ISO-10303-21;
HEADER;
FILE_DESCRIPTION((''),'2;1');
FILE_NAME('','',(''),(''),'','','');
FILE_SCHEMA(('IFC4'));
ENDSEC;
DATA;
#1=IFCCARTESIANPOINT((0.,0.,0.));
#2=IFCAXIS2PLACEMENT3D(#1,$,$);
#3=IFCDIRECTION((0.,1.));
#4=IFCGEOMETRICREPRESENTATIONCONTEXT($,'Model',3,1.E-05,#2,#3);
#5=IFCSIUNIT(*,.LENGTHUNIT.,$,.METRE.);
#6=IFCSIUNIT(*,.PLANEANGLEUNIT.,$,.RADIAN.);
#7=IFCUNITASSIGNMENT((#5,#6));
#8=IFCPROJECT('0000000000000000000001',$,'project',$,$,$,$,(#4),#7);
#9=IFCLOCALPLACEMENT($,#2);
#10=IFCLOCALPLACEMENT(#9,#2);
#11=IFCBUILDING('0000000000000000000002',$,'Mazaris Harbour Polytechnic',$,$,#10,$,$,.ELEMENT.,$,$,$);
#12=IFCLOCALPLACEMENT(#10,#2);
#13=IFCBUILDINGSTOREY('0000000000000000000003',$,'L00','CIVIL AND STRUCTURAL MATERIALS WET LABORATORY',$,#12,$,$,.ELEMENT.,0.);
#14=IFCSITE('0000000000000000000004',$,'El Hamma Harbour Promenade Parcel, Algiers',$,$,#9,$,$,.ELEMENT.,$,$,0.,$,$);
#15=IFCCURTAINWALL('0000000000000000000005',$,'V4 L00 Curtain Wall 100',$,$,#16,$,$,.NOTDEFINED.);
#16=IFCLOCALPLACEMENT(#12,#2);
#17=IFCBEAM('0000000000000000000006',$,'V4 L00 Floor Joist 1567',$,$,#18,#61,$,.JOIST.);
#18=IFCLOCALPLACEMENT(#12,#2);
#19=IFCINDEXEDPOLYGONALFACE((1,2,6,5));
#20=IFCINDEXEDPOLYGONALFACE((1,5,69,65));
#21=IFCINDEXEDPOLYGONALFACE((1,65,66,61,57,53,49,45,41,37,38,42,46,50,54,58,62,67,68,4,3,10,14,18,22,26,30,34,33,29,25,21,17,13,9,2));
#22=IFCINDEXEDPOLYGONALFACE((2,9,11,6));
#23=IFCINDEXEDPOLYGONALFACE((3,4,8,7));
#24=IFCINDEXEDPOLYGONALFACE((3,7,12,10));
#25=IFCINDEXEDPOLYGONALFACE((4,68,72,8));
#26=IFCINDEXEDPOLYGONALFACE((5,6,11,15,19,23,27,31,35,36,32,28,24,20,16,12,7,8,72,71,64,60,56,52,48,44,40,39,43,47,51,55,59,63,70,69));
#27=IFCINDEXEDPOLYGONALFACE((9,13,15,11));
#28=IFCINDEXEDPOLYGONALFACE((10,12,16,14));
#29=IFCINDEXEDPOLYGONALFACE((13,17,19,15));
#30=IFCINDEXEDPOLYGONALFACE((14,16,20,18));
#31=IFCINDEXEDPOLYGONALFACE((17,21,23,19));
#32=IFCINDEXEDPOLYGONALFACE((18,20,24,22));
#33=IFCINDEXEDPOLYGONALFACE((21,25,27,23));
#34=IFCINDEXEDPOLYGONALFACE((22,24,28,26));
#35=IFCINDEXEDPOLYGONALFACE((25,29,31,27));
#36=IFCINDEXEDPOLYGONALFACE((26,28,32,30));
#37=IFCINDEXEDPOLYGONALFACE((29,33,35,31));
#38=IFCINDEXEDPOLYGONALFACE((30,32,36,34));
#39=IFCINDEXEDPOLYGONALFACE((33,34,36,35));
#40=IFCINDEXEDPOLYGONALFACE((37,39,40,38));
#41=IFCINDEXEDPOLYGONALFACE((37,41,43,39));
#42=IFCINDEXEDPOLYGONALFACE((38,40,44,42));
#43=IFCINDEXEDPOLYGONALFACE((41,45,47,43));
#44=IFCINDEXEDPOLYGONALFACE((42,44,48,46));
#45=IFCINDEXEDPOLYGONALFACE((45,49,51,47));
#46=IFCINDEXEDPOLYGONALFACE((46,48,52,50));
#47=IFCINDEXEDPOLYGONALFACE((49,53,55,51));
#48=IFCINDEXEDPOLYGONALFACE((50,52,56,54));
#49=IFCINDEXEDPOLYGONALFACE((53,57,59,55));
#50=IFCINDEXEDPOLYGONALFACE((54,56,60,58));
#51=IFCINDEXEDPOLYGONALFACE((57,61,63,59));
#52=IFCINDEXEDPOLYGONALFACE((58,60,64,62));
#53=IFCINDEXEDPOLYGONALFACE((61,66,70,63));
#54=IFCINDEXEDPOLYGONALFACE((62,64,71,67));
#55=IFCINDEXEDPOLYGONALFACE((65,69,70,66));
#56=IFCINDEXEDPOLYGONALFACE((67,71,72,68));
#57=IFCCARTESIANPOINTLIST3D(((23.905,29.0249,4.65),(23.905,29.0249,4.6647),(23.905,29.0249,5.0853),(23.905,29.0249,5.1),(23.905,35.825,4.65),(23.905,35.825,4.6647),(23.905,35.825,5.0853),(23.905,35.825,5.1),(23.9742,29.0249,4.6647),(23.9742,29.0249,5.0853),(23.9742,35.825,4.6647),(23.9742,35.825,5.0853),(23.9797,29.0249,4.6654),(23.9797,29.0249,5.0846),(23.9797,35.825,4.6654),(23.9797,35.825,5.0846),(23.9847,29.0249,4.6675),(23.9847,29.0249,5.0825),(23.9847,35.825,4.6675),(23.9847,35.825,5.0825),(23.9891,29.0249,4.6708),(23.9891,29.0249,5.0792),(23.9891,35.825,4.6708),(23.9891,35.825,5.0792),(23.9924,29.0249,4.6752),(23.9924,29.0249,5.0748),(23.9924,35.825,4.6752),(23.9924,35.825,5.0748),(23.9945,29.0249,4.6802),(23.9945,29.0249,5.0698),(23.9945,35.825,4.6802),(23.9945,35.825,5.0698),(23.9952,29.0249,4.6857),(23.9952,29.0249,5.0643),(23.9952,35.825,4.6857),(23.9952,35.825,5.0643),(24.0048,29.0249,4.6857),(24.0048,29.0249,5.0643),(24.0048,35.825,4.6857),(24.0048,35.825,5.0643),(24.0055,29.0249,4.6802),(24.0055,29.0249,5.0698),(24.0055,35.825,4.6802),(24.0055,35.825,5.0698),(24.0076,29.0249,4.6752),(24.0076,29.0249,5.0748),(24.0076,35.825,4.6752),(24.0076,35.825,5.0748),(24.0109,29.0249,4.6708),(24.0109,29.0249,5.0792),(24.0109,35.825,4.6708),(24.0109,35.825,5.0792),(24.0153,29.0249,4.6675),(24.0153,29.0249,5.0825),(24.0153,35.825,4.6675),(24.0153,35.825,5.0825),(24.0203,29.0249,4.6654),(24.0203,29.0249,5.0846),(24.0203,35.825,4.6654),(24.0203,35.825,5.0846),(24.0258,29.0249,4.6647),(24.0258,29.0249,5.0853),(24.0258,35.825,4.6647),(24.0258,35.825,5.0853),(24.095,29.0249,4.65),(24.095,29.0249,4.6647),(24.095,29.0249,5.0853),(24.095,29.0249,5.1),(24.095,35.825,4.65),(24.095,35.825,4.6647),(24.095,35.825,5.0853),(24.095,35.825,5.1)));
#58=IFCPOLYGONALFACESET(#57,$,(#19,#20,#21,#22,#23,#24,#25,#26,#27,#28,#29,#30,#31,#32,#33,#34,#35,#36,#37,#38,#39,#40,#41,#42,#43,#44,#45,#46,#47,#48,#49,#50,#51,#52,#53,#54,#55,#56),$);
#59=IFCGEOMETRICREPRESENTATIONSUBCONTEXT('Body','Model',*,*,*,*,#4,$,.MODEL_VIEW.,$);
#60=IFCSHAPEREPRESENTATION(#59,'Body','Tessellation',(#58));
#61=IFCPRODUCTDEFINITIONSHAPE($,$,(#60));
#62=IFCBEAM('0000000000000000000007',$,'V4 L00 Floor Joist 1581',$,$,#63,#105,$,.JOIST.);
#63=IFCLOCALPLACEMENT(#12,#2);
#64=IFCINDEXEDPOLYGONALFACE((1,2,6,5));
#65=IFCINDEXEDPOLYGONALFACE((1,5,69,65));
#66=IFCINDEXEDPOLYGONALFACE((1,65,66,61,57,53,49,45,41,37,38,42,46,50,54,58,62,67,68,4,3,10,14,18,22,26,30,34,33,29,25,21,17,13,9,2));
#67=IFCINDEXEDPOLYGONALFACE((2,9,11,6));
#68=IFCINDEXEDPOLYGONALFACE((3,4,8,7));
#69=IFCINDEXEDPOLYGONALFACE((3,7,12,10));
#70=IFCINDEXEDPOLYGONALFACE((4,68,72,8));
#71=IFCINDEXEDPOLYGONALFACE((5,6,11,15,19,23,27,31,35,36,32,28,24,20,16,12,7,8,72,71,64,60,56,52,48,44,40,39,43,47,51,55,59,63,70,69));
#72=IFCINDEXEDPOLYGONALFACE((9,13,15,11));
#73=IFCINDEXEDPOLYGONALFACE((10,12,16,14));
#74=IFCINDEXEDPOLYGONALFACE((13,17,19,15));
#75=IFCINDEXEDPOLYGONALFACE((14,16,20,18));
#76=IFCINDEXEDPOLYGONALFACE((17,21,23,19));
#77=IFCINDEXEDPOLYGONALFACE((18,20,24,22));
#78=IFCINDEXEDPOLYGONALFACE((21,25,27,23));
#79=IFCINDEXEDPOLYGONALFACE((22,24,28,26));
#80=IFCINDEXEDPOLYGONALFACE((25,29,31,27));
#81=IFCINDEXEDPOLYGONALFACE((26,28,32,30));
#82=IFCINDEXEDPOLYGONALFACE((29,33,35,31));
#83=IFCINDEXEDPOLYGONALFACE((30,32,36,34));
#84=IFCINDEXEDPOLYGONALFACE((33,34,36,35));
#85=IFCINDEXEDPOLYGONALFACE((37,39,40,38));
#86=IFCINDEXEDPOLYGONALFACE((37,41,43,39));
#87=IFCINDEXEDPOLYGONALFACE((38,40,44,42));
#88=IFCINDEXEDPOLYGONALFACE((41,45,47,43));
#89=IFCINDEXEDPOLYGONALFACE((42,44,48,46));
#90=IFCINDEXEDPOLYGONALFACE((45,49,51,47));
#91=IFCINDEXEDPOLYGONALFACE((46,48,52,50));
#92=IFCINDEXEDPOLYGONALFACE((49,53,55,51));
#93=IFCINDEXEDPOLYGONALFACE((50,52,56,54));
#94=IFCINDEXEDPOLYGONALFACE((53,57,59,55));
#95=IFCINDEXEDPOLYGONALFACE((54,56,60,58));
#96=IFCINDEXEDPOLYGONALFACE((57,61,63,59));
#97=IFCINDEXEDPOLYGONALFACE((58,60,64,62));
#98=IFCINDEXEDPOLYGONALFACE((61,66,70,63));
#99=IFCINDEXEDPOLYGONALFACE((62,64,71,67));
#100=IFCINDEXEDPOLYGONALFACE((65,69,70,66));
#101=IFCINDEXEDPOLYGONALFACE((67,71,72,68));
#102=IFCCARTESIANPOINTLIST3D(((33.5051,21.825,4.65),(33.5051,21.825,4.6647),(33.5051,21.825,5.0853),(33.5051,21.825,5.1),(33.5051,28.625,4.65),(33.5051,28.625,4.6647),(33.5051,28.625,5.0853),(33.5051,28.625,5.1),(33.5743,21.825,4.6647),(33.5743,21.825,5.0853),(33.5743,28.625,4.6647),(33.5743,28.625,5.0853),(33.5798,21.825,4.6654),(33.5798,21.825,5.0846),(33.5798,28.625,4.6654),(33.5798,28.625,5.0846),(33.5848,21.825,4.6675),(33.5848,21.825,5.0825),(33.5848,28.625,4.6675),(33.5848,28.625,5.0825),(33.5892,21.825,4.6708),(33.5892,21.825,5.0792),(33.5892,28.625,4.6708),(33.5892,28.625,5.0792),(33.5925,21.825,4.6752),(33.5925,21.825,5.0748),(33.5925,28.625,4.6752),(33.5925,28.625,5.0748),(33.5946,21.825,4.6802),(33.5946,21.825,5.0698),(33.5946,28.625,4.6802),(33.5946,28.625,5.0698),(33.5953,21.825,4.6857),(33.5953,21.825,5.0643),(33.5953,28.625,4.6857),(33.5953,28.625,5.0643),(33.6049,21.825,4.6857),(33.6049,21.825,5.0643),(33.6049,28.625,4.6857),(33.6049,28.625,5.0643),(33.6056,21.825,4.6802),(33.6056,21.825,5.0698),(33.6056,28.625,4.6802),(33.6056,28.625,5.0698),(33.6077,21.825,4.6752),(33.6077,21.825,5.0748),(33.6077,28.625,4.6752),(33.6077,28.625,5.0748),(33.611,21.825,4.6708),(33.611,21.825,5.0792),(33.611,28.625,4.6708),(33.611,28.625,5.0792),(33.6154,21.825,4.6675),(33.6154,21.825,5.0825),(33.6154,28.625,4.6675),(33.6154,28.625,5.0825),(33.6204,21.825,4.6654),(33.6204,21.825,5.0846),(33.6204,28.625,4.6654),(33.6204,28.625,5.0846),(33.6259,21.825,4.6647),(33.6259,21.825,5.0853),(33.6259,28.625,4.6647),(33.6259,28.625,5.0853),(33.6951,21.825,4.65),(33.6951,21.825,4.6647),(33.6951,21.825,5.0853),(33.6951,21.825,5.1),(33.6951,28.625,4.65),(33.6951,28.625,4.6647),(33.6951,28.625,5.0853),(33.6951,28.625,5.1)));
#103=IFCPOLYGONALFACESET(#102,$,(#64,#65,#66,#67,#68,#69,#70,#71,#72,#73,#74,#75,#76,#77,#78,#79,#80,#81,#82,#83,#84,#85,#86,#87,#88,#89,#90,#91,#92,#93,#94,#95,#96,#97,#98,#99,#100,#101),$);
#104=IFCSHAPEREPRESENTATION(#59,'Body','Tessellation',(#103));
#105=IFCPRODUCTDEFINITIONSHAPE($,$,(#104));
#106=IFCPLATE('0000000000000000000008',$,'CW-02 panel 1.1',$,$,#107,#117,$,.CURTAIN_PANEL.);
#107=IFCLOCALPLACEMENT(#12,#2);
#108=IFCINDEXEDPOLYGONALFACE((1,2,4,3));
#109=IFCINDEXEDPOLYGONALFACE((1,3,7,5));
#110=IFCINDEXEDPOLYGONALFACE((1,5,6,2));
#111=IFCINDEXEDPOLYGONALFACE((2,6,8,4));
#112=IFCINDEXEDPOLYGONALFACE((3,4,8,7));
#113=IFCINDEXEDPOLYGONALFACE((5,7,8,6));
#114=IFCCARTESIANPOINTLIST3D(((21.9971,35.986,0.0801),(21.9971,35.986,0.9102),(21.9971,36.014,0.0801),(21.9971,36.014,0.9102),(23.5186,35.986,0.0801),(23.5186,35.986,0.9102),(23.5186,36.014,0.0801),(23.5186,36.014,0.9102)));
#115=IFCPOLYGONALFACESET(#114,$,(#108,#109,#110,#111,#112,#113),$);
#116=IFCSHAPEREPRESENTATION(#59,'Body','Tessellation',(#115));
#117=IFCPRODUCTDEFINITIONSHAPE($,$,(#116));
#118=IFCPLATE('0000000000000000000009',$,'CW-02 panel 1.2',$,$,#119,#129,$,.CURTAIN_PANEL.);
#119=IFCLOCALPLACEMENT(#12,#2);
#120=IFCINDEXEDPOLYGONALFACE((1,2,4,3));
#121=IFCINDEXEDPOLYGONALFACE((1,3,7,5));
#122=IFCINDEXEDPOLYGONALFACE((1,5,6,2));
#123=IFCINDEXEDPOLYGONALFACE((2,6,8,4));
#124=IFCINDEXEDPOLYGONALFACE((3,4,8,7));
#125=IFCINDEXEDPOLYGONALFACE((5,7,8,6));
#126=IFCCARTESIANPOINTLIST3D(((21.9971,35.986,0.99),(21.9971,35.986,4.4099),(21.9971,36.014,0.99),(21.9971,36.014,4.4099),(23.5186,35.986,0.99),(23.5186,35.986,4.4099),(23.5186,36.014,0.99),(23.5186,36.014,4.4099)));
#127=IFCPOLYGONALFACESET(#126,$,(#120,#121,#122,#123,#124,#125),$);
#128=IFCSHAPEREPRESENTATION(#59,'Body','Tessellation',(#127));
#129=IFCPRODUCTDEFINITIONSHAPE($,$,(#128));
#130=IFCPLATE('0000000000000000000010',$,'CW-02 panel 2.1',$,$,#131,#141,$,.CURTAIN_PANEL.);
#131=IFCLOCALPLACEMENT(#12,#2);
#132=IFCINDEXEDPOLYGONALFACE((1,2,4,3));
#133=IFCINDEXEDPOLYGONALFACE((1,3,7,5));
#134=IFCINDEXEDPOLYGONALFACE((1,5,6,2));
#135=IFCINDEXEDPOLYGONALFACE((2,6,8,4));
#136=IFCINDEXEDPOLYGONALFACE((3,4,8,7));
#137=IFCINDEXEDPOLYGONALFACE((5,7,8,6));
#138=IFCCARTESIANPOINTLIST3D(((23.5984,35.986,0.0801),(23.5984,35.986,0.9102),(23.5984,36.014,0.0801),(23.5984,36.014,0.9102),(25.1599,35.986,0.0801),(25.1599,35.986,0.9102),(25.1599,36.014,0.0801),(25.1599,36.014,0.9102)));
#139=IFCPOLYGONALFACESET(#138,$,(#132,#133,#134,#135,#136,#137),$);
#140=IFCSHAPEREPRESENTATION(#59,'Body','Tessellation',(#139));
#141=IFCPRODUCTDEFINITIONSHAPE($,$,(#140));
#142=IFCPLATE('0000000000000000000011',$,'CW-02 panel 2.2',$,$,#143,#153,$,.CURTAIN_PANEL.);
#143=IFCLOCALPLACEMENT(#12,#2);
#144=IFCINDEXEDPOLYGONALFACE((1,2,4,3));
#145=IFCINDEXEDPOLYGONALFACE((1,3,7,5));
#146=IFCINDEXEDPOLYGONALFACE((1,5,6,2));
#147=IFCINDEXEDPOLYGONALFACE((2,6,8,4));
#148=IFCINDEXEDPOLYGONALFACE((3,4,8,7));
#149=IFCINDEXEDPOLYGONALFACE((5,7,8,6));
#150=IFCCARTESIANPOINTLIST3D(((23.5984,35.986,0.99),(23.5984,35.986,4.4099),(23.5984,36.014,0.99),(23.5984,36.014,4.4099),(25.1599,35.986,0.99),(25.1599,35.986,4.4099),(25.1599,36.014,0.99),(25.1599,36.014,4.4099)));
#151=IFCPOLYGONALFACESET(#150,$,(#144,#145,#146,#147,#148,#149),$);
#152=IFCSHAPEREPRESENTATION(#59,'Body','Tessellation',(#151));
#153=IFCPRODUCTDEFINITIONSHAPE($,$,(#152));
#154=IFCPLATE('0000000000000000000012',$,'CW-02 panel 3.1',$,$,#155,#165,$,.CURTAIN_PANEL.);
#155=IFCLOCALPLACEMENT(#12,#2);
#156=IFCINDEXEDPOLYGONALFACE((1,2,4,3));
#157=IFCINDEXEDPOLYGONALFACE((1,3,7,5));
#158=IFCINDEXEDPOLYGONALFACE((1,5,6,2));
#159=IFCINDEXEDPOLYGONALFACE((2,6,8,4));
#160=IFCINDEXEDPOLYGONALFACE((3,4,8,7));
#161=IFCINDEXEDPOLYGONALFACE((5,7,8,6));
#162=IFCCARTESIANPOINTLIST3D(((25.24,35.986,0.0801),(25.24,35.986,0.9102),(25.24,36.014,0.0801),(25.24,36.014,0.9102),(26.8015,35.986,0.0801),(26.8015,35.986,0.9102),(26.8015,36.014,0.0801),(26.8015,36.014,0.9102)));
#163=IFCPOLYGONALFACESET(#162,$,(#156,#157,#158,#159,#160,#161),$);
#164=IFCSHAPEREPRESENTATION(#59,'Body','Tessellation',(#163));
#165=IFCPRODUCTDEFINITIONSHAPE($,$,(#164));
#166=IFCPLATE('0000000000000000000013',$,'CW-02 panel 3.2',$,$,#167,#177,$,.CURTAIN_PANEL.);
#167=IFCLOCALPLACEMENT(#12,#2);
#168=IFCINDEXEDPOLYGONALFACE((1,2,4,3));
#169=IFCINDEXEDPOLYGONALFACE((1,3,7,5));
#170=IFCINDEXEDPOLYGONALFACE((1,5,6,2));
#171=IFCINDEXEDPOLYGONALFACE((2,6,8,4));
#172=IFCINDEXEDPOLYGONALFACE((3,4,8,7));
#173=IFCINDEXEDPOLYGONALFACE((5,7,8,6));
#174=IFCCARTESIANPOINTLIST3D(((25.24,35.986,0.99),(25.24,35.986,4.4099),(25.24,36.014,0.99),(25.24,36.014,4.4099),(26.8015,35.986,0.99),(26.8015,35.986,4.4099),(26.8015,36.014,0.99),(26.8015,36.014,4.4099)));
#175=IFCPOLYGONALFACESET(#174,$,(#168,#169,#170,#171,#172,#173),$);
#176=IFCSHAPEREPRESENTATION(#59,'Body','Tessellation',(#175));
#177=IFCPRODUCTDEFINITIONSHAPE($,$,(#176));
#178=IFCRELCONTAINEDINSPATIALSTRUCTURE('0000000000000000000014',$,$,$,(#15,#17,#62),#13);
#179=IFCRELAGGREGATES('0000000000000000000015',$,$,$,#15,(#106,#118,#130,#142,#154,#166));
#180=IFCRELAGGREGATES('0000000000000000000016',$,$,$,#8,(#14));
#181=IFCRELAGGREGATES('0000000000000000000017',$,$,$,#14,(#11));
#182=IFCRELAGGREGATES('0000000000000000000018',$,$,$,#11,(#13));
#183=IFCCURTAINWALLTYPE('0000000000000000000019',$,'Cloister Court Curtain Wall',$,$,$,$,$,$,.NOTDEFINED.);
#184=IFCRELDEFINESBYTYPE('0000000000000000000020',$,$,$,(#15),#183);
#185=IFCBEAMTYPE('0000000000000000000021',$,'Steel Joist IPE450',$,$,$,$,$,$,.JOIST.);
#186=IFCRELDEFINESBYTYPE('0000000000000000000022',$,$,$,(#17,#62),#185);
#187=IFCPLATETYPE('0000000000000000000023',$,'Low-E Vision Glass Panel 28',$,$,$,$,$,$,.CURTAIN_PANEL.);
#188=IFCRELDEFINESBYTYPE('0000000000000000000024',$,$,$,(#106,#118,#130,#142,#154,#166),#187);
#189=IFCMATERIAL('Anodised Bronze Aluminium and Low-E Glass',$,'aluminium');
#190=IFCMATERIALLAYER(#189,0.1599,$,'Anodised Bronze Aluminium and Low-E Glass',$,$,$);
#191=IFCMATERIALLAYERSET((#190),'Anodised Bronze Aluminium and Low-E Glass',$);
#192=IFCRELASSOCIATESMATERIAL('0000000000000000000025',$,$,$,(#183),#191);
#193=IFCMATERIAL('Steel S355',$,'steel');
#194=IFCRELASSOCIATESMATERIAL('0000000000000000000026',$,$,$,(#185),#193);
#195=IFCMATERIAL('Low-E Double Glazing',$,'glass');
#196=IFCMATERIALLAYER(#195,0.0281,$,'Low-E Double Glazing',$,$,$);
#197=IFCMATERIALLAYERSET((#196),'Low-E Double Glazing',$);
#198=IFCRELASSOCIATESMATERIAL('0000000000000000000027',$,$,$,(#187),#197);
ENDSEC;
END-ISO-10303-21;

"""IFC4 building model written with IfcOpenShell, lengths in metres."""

from ifc_helpers import new_model, si_unit, direction, frame, origin, origin_2d, place, context, subcontext, project, spatial, rectangle, i_section, extrude, material, layer, layer_set, material_profile, profile_set, type_object, element, aggregate, save


model = new_model("IFC4")

# Units and contexts
model_context = context("Model", 3, precision=1e-05, world=origin(), true_north=direction((0.0, 1.0)))
body_context = subcontext(model_context, "Body", "Model", "MODEL_VIEW")
ifc_project = project(units=[si_unit("LENGTHUNIT", "METRE"), si_unit("PLANEANGLEUNIT", "RADIAN")], contexts=[model_context])

# Site, building, storey
site_placement = place(None, origin())
site = spatial("IfcSite", under=ifc_project, at=site_placement, Name="El Hamma Harbour Promenade Parcel, Algiers", CompositionType="ELEMENT", RefElevation=0.0)
building_placement = place(site_placement, origin())
building = spatial("IfcBuilding", under=site, at=building_placement, Name="Mazaris Harbour Polytechnic", CompositionType="ELEMENT")
storey_placement = place(building_placement, origin())
storey = spatial("IfcBuildingStorey", under=building, at=storey_placement, Name="L00", Description="CIVIL AND STRUCTURAL MATERIALS WET LABORATORY", CompositionType="ELEMENT", Elevation=0.0)

# Curtain wall
ifc_material_1 = material(Name="Anodised Bronze Aluminium and Low-E Glass", Category="aluminium")
ifc_layer_1 = layer(ifc_material_1, 0.1599, Name="Anodised Bronze Aluminium and Low-E Glass")
ifc_layer_set_1 = layer_set([ifc_layer_1], Name="Anodised Bronze Aluminium and Low-E Glass")
curtain_wall_type = type_object("IfcCurtainWallType", Name="Cloister Court Curtain Wall", PredefinedType="NOTDEFINED", material=ifc_layer_set_1)
curtain_wall_placement = place(storey_placement, origin())
curtain_wall = element("IfcCurtainWall", 1, at=curtain_wall_placement, inside=storey, type_object=curtain_wall_type, Name="V4 L00 Curtain Wall 100", PredefinedType="NOTDEFINED")

# Beams
ifc_material_2 = material(Name="Steel S355", Category="steel")
ifc_material_profile_1 = material_profile(ifc_material_2, i_section(OverallWidth=0.1899, OverallDepth=0.45, WebThickness=0.0095, FlangeThickness=0.0146, FilletRadius=0.021, at=origin_2d()), Name="IPE 450")
ifc_profile_set_1 = profile_set([ifc_material_profile_1], Name="Steel S355")
beam_type_1 = type_object("IfcBeamType", Name="Steel Joist IPE450", PredefinedType="JOIST", material=ifc_profile_set_1)
for number, where, z_axis, x_axis, name in (
    (2, (24.0, 29.0249, 4.875), (0.0, 1.0, 0.0), (-1.0, 0.0, 0.0), "V4 L00 Floor Joist 1567"),
    (3, (33.6001, 21.825, 4.875), (0.0, 1.0, 0.0), (-1.0, 0.0, 0.0), "V4 L00 Floor Joist 1581"),
):
    element("IfcBeam", number, at=place(storey_placement, frame(where, z_axis=z_axis, x_axis=x_axis)), inside=storey, type_object=beam_type_1, Name=name, PredefinedType="JOIST", context=body_context, shape_type="SweptSolid", body=[
        extrude(i_section(OverallWidth=0.1899, OverallDepth=0.45, WebThickness=0.0095, FlangeThickness=0.0146, FilletRadius=0.021, at=origin_2d()), origin(), (0.0, 0.0, 1.0), 6.8),
    ])

# Plates
ifc_material_3 = material(Name="Low-E Double Glazing", Category="glass")
ifc_layer_2 = layer(ifc_material_3, 0.0281, Name="Low-E Double Glazing")
ifc_layer_set_2 = layer_set([ifc_layer_2], Name="Low-E Double Glazing")
plate_type = type_object("IfcPlateType", Name="Low-E Vision Glass Panel 28", PredefinedType="CURTAIN_PANEL", material=ifc_layer_set_2)
plate_1_placement = place(storey_placement, frame((22.7578, 36.0, 0.0801), z_axis=(0.0, 0.0, 1.0), x_axis=(1.0, 0.0, 0.0)))
plate_1 = element("IfcPlate", 4, at=plate_1_placement, type_object=plate_type, Name="CW-02 panel 1.1", PredefinedType="CURTAIN_PANEL", context=body_context, shape_type="SweptSolid", body=[
    extrude(rectangle(XDim=1.5215, YDim=0.0281, at=origin_2d()), origin(), (0.0, 0.0, 1.0), 0.8301),
])
plate_2_placement = place(storey_placement, frame((22.7578, 36.0, 0.99), z_axis=(0.0, 0.0, 1.0), x_axis=(1.0, 0.0, 0.0)))
plate_2 = element("IfcPlate", 5, at=plate_2_placement, type_object=plate_type, Name="CW-02 panel 1.2", PredefinedType="CURTAIN_PANEL", context=body_context, shape_type="SweptSolid", body=[
    extrude(rectangle(XDim=1.5215, YDim=0.0281, at=origin_2d()), origin(), (0.0, 0.0, 1.0), 3.4199),
])
plate_3_placement = place(storey_placement, frame((24.3792, 36.0, 0.0801), z_axis=(0.0, 0.0, 1.0), x_axis=(1.0, 0.0, 0.0)))
plate_3 = element("IfcPlate", 6, at=plate_3_placement, type_object=plate_type, Name="CW-02 panel 2.1", PredefinedType="CURTAIN_PANEL", context=body_context, shape_type="SweptSolid", body=[
    extrude(rectangle(XDim=1.5615, YDim=0.0281, at=origin_2d()), origin(), (0.0, 0.0, 1.0), 0.8301),
])
plate_4_placement = place(storey_placement, frame((24.3792, 36.0, 0.99), z_axis=(0.0, 0.0, 1.0), x_axis=(1.0, 0.0, 0.0)))
plate_4 = element("IfcPlate", 7, at=plate_4_placement, type_object=plate_type, Name="CW-02 panel 2.2", PredefinedType="CURTAIN_PANEL", context=body_context, shape_type="SweptSolid", body=[
    extrude(rectangle(XDim=1.5615, YDim=0.0281, at=origin_2d()), origin(), (0.0, 0.0, 1.0), 3.4199),
])
plate_5_placement = place(storey_placement, frame((26.0208, 36.0, 0.0801), z_axis=(0.0, 0.0, 1.0), x_axis=(1.0, 0.0, 0.0)))
plate_5 = element("IfcPlate", 8, at=plate_5_placement, type_object=plate_type, Name="CW-02 panel 3.1", PredefinedType="CURTAIN_PANEL", context=body_context, shape_type="SweptSolid", body=[
    extrude(rectangle(XDim=1.5615, YDim=0.0281, at=origin_2d()), origin(), (0.0, 0.0, 1.0), 0.8301),
])
plate_6_placement = place(storey_placement, frame((26.0208, 36.0, 0.99), z_axis=(0.0, 0.0, 1.0), x_axis=(1.0, 0.0, 0.0)))
plate_6 = element("IfcPlate", 9, at=plate_6_placement, type_object=plate_type, Name="CW-02 panel 3.2", PredefinedType="CURTAIN_PANEL", context=body_context, shape_type="SweptSolid", body=[
    extrude(rectangle(XDim=1.5615, YDim=0.0281, at=origin_2d()), origin(), (0.0, 0.0, 1.0), 3.4199),
])
aggregate(curtain_wall, [plate_1, plate_2, plate_3, plate_4, plate_5, plate_6])

save(model, "model.ifc")
